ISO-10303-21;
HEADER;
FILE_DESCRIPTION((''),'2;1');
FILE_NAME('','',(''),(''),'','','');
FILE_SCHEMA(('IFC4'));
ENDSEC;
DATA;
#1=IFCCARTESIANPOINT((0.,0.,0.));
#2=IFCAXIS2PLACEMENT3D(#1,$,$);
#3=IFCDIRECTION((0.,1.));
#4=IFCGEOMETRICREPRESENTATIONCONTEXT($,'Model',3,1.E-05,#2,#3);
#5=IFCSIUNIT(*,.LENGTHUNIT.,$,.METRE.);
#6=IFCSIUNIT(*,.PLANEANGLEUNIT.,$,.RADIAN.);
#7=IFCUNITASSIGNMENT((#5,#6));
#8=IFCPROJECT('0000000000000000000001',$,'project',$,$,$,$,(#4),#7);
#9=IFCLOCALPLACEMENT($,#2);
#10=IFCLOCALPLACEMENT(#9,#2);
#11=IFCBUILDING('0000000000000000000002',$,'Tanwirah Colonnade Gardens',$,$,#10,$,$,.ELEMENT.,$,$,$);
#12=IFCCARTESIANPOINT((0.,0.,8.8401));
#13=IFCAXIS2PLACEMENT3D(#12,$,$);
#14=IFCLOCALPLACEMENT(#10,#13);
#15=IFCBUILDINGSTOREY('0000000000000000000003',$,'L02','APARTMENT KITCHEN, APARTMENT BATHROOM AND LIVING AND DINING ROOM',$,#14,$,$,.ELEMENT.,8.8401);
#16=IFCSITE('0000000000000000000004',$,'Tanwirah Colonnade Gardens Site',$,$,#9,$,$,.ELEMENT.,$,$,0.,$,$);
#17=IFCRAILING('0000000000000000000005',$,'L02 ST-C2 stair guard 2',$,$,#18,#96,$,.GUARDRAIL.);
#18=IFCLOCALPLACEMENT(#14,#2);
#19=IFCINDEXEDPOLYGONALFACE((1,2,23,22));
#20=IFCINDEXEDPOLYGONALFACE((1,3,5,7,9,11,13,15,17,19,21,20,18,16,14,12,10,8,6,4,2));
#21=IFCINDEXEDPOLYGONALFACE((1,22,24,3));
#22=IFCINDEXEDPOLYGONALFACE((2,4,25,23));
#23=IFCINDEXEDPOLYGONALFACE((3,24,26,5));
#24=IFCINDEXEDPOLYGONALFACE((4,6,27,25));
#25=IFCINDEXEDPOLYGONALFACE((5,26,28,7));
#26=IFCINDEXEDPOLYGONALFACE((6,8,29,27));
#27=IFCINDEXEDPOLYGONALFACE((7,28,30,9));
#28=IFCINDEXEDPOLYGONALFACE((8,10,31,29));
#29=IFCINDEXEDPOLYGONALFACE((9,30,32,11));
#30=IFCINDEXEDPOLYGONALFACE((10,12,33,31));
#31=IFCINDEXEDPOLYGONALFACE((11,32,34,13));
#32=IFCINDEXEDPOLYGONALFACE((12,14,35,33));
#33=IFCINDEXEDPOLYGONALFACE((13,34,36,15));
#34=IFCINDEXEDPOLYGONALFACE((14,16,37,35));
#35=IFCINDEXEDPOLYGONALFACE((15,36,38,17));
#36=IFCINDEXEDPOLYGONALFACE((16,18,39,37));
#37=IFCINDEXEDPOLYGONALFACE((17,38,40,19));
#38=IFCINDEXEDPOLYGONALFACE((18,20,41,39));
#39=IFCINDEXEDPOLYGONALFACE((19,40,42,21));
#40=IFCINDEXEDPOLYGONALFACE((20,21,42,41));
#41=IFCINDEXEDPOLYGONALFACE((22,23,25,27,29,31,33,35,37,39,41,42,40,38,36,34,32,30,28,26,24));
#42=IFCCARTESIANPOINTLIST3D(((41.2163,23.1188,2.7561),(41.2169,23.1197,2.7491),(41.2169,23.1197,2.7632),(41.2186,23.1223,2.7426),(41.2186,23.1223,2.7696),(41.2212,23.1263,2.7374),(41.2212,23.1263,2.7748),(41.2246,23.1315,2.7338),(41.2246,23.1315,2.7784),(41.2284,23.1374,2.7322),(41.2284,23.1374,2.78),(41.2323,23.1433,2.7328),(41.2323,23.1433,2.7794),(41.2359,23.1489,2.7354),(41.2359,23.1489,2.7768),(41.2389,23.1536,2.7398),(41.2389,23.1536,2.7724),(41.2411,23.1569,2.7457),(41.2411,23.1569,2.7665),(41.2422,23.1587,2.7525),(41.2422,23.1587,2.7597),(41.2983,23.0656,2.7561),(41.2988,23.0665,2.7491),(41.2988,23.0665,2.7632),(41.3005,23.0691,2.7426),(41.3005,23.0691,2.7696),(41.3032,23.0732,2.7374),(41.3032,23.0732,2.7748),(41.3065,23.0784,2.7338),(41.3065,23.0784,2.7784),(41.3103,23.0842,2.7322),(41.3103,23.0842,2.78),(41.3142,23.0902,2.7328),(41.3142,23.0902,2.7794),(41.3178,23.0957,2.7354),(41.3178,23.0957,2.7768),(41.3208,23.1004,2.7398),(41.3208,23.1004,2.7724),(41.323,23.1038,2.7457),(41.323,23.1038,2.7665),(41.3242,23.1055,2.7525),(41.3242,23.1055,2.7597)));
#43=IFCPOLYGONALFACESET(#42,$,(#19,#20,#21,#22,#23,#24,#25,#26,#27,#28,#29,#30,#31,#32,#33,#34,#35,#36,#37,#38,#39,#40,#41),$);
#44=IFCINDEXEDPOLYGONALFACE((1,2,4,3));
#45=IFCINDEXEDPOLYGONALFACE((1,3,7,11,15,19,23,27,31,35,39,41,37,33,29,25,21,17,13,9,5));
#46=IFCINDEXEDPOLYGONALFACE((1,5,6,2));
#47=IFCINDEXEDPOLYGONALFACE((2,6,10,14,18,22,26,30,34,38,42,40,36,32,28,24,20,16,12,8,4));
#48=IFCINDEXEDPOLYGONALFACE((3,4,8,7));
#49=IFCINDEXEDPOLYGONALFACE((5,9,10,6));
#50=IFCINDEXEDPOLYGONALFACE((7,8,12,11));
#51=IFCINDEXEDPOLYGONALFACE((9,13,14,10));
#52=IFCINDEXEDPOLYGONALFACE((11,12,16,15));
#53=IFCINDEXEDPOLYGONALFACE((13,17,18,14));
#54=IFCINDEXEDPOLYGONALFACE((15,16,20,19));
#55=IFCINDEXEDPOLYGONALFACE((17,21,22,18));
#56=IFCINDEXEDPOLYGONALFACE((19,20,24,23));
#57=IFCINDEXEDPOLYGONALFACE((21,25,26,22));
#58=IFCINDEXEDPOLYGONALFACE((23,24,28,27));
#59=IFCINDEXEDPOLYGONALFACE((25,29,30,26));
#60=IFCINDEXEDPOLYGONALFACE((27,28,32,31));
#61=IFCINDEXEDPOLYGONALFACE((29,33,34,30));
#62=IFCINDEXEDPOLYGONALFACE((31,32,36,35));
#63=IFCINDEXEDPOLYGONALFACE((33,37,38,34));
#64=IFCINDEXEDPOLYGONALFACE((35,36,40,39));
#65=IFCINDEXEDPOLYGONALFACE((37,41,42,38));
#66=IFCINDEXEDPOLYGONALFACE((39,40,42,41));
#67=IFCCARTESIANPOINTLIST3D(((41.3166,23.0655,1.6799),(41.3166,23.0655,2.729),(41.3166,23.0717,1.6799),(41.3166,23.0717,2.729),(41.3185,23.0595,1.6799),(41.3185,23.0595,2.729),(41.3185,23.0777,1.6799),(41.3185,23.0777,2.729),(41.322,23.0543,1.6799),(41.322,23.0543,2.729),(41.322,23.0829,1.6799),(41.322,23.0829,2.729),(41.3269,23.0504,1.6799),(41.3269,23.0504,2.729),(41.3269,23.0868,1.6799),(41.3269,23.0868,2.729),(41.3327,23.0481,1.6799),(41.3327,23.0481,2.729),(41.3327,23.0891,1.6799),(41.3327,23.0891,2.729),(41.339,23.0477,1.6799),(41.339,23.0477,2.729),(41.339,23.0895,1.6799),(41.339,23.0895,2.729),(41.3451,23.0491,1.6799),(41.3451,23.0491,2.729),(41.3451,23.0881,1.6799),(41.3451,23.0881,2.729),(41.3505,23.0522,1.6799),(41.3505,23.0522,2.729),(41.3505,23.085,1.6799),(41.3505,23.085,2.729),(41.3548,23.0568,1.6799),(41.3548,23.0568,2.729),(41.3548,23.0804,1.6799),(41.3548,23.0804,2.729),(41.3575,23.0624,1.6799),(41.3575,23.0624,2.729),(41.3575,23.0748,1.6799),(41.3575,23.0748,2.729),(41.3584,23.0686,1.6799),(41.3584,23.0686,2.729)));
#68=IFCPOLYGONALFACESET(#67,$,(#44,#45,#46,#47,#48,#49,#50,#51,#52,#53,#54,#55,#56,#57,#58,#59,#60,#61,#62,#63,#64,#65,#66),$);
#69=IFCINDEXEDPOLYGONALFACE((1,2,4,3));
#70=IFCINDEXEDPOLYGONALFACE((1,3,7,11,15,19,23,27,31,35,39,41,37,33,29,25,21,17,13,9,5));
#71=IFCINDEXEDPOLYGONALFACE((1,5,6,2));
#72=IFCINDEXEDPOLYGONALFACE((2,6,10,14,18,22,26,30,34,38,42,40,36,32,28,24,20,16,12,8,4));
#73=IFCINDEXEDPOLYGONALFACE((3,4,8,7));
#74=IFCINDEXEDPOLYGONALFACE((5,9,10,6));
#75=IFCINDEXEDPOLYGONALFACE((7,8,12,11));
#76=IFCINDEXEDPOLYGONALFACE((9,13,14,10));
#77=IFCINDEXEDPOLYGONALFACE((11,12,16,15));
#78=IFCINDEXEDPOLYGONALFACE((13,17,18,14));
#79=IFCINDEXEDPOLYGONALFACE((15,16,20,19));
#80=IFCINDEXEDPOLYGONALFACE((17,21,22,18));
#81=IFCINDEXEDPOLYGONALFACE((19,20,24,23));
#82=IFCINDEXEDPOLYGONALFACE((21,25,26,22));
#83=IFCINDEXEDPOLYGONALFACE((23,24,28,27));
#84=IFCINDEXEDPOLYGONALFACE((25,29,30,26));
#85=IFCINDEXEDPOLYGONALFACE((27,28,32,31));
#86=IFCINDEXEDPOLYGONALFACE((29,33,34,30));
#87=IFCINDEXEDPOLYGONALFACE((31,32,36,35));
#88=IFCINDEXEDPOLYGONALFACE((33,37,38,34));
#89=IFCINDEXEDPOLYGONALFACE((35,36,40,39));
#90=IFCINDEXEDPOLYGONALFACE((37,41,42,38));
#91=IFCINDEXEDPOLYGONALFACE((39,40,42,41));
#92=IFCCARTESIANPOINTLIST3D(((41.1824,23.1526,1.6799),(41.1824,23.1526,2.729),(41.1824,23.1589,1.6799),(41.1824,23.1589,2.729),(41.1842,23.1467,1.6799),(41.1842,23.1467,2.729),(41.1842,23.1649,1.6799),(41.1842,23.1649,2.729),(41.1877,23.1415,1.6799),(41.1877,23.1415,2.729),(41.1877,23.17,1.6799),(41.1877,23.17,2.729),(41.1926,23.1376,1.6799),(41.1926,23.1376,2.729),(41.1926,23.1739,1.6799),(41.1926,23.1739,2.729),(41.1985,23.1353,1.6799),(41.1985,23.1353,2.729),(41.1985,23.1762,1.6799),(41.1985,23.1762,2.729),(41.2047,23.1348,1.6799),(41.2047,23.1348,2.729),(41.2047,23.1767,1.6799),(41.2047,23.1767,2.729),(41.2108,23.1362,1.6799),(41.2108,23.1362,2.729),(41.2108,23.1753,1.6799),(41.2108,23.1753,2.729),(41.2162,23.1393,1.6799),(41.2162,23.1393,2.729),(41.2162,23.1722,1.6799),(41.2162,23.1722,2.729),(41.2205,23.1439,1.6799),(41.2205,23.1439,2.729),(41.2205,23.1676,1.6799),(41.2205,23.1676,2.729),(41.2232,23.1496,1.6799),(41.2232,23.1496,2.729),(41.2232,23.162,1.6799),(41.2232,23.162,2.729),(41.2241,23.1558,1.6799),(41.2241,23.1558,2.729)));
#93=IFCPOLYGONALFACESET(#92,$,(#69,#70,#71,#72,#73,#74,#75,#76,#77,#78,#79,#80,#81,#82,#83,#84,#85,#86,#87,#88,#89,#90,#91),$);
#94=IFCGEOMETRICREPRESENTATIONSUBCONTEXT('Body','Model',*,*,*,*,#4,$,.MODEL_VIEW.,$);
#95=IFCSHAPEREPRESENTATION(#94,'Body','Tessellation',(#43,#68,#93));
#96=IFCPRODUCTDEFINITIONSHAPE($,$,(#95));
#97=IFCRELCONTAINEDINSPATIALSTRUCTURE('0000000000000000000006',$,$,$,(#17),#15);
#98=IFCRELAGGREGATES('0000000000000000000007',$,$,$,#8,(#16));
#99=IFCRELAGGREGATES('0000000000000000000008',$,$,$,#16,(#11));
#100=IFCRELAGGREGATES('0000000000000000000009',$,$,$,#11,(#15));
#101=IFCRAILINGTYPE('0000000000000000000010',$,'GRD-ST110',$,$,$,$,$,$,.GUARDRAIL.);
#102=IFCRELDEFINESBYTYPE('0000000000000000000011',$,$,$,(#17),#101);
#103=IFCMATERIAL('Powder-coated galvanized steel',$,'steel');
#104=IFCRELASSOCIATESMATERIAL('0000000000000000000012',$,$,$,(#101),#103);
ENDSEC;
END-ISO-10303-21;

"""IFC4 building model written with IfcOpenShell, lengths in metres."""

from ifc_helpers import new_model, si_unit, direction, frame, origin, origin_2d, place, context, subcontext, project, spatial, circle, extrude, material, type_object, element, save


model = new_model("IFC4")

# Units and contexts
model_context = context("Model", 3, precision=1e-05, world=origin(), true_north=direction((0.0, 1.0)))
body_context = subcontext(model_context, "Body", "Model", "MODEL_VIEW")
ifc_project = project(units=[si_unit("LENGTHUNIT", "METRE"), si_unit("PLANEANGLEUNIT", "RADIAN")], contexts=[model_context])

# Site, building, storey
site_placement = place(None, origin())
site = spatial("IfcSite", under=ifc_project, at=site_placement, Name="Tanwirah Colonnade Gardens Site", CompositionType="ELEMENT", RefElevation=0.0)
building_placement = place(site_placement, origin())
building = spatial("IfcBuilding", under=site, at=building_placement, Name="Tanwirah Colonnade Gardens", CompositionType="ELEMENT")
storey_placement = place(building_placement, frame((0.0, 0.0, 8.8401)))
storey = spatial("IfcBuildingStorey", under=building, at=storey_placement, Name="L02", Description="APARTMENT KITCHEN, APARTMENT BATHROOM AND LIVING AND DINING ROOM", CompositionType="ELEMENT", Elevation=8.8401)

# Railing
ifc_material_1 = material(Name="Powder-coated galvanized steel", Category="steel")
railing_type_1 = type_object("IfcRailingType", Name="GRD-ST110", PredefinedType="GUARDRAIL", material=ifc_material_1)
railing_1_placement = place(storey_placement, frame((41.3374, 23.0686, 1.6799)))
element("IfcRailing", 1, at=railing_1_placement, inside=storey, type_object=railing_type_1, Name="L02 ST-C2 stair guard 2", PredefinedType="GUARDRAIL", context=body_context, shape_type="SweptSolid", body=[
    extrude(circle(Radius=0.0239, at=origin_2d()), frame((-0.0261, 0.0171, 1.0762), z_axis=(-0.838792, 0.544452, 0.0), x_axis=(-0.544452, -0.838792, 0.0)), (0.0, 0.0, 1.0), 0.0977),
    extrude(circle(Radius=0.021, at=origin_2d()), origin(), (0.0, 0.0, 1.0), 1.0491),
    extrude(circle(Radius=0.021, at=origin_2d()), frame((-0.1343, 0.0872, 0.0)), (0.0, 0.0, 1.0), 1.0491),
])

save(model, "model.ifc")
